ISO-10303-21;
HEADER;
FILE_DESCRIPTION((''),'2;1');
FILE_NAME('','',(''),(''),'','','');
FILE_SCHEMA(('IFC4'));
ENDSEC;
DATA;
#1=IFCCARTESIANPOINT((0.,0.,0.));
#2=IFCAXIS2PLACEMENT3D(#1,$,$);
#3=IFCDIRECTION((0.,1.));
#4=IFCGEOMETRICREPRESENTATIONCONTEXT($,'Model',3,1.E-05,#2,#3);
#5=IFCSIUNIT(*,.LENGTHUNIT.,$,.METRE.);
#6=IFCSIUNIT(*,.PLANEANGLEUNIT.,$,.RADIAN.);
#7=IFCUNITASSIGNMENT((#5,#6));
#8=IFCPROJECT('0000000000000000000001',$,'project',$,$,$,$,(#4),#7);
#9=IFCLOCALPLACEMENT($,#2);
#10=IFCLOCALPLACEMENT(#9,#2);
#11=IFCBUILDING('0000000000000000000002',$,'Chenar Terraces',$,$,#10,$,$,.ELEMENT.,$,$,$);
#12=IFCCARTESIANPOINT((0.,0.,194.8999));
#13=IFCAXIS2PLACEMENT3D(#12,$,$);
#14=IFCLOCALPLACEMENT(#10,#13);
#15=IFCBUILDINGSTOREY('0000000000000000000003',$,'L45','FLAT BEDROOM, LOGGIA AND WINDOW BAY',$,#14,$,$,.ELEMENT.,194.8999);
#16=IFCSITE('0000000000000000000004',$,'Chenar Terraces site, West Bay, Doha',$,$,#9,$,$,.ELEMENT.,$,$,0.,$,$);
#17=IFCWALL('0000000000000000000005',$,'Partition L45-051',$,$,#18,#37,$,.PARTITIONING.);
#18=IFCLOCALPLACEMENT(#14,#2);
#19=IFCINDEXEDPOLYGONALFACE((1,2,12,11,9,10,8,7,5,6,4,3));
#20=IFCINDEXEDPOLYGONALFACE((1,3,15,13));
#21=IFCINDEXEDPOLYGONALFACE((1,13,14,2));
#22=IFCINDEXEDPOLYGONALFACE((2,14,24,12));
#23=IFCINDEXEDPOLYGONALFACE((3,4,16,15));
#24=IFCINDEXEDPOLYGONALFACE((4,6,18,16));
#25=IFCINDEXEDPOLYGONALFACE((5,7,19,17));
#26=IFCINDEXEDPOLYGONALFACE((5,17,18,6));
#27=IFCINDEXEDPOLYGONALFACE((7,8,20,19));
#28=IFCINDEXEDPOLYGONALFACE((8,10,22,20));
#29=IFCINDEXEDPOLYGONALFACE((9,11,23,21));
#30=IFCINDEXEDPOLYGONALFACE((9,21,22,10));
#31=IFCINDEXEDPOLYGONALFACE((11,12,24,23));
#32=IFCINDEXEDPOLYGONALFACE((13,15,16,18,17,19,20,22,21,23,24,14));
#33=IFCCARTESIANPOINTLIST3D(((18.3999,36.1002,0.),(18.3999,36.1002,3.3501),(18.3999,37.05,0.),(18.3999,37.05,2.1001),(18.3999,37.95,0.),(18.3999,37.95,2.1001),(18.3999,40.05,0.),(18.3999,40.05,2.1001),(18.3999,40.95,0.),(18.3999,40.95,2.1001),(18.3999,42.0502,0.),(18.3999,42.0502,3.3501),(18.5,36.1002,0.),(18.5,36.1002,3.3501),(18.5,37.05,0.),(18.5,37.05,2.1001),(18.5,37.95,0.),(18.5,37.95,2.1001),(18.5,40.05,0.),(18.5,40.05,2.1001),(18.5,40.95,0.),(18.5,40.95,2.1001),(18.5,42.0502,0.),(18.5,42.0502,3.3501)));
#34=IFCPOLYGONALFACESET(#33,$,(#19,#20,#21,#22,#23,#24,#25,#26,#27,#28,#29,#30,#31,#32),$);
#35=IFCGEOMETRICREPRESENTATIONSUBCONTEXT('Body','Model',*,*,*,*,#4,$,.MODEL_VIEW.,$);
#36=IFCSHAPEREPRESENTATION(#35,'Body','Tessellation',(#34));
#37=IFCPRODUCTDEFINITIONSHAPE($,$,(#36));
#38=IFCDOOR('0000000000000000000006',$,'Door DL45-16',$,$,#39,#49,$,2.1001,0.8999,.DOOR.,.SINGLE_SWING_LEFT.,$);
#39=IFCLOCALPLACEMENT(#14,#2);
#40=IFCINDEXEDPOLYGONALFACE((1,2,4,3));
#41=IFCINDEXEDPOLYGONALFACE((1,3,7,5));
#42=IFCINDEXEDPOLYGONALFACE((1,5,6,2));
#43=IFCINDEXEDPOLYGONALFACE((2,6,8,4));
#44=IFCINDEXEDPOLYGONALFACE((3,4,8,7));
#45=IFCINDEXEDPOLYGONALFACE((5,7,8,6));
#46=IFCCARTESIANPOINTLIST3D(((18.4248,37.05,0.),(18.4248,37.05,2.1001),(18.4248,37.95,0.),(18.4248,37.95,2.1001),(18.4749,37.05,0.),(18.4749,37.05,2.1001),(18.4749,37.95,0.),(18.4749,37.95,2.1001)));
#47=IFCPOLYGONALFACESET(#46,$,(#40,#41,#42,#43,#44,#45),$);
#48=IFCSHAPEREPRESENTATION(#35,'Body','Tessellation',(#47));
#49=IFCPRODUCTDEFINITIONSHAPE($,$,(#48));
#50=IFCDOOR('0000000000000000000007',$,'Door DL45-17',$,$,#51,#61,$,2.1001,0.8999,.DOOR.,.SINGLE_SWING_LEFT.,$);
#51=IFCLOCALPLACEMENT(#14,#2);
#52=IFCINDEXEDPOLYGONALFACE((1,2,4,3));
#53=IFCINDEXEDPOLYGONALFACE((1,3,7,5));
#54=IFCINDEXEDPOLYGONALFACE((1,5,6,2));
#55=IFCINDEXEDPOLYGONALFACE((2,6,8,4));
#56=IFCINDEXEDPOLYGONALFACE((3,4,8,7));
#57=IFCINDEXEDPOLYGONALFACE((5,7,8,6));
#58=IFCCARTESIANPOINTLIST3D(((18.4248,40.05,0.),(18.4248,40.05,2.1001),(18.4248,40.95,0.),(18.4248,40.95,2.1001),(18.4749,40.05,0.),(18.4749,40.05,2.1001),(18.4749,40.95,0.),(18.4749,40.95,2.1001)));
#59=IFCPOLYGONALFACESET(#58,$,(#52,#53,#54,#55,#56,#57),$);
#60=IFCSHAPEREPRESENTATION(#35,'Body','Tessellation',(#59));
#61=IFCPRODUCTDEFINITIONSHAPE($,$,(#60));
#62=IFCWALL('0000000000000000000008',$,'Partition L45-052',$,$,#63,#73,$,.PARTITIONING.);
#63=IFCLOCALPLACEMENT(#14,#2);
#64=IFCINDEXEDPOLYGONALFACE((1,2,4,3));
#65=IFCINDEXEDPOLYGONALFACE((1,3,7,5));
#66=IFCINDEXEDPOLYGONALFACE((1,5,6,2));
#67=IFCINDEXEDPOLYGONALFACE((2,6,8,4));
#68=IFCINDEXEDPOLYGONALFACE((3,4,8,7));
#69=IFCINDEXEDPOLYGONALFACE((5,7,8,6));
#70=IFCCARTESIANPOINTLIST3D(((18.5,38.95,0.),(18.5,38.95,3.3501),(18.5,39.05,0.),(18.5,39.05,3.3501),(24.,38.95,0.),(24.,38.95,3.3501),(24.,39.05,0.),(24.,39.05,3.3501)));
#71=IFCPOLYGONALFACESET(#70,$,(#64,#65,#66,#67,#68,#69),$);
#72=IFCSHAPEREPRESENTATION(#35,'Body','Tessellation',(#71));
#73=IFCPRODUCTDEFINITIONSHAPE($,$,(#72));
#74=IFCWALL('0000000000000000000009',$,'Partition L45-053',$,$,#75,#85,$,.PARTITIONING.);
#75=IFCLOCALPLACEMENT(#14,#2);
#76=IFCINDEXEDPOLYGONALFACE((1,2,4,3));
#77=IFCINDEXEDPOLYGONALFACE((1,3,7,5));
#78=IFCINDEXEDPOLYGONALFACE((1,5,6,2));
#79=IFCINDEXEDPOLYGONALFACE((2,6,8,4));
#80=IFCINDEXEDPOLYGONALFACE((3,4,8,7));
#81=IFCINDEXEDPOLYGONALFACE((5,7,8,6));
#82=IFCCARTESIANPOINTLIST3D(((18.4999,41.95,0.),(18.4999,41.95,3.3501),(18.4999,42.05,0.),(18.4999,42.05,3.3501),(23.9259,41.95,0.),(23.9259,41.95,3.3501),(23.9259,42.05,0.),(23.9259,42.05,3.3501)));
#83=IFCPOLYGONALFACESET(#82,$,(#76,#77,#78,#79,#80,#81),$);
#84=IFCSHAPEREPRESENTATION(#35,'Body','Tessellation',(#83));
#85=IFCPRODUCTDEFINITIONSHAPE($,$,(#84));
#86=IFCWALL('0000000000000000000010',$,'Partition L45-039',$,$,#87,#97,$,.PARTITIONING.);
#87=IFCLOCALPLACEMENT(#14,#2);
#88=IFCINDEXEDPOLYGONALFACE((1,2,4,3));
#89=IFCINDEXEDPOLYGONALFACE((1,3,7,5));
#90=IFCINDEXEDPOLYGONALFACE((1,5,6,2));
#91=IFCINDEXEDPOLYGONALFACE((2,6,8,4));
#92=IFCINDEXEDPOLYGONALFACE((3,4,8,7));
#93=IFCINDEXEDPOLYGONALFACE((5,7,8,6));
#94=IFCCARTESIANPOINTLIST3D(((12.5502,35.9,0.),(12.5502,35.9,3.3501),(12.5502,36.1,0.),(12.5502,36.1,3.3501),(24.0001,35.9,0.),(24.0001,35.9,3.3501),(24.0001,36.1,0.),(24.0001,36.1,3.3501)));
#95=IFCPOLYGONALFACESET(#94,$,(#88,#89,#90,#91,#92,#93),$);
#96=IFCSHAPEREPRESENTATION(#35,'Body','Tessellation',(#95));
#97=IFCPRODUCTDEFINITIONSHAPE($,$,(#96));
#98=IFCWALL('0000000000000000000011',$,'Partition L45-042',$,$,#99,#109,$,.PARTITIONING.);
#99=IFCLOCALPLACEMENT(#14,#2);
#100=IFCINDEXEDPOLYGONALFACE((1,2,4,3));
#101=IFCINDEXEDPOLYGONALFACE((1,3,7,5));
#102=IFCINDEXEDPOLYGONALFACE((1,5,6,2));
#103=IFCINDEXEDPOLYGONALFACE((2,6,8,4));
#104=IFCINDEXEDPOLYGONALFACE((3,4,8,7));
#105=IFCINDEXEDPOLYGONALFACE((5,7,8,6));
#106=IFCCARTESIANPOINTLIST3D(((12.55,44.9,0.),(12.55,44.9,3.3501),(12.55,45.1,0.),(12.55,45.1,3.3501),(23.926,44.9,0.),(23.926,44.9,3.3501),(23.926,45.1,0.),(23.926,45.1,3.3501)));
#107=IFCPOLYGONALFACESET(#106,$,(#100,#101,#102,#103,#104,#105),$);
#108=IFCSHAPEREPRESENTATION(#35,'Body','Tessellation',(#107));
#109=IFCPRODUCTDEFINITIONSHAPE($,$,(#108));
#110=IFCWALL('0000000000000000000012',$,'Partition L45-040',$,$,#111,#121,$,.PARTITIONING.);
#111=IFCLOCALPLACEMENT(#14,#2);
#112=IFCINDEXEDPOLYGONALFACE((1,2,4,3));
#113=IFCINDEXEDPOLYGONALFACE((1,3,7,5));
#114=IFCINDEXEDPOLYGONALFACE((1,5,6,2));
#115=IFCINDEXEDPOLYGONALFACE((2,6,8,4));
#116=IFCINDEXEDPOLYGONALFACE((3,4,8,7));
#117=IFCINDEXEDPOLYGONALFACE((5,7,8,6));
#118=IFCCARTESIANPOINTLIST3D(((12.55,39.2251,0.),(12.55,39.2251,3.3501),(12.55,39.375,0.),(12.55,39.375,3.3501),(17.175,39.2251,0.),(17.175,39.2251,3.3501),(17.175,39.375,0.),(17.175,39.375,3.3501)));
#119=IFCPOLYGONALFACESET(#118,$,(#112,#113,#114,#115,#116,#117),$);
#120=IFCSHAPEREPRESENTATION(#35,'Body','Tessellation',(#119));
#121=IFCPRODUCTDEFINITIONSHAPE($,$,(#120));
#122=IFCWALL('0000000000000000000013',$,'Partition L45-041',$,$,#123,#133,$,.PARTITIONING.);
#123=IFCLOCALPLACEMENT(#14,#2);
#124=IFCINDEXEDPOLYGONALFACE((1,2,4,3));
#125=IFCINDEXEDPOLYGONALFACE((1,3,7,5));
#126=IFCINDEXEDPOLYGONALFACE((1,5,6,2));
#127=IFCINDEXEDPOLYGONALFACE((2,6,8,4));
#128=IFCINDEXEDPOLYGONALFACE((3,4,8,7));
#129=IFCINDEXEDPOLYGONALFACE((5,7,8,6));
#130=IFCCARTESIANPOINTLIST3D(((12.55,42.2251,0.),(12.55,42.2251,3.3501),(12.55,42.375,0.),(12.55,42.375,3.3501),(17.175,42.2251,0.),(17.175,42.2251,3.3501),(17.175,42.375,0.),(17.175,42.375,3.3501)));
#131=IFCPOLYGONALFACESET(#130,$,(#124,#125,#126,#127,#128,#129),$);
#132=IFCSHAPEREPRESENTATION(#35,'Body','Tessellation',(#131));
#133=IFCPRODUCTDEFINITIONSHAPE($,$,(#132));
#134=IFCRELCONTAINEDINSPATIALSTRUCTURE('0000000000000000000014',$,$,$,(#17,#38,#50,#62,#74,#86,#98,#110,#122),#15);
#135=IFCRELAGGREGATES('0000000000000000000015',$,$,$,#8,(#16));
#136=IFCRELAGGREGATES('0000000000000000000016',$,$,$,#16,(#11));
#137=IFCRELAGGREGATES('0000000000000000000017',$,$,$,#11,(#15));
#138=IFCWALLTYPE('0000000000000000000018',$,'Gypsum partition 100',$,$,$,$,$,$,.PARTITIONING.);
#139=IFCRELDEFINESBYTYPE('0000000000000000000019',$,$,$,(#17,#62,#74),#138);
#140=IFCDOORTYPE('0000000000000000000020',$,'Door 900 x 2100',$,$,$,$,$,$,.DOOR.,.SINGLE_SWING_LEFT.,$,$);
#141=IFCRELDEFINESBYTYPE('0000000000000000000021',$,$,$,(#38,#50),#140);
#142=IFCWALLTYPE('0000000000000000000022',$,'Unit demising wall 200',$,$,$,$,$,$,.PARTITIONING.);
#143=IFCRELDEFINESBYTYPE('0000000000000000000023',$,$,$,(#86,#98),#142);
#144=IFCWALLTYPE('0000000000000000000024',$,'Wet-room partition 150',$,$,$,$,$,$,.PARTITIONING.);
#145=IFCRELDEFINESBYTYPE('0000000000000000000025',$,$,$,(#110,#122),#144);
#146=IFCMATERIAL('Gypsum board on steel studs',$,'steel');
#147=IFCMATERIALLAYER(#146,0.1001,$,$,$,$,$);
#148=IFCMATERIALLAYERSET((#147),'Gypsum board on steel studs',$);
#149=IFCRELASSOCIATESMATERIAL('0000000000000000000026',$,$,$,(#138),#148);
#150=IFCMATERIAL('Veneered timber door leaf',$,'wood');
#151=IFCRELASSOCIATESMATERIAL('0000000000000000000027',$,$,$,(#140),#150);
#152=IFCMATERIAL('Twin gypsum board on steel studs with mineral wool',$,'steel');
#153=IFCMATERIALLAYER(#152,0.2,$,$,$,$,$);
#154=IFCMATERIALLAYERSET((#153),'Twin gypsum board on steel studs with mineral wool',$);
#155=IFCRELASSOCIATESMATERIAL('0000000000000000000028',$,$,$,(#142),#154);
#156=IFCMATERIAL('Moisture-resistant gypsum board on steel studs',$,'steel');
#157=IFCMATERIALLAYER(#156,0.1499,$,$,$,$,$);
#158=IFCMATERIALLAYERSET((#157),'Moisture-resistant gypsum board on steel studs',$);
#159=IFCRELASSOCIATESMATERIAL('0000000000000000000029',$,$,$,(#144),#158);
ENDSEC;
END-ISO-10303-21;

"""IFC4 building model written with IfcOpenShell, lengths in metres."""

from ifc_helpers import new_model, si_unit, direction, frame, frame_2d, origin, place, context, subcontext, project, spatial, rectangle, extrude, material, layer, layer_set, type_object, element, fill, save


model = new_model("IFC4")

# Units and contexts
model_context = context("Model", 3, precision=1e-05, world=origin(), true_north=direction((0.0, 1.0)))
body_context = subcontext(model_context, "Body", "Model", "MODEL_VIEW")
ifc_project = project(units=[si_unit("LENGTHUNIT", "METRE"), si_unit("PLANEANGLEUNIT", "RADIAN")], contexts=[model_context])

# Site, building, storey
site_placement = place(None, origin())
site = spatial("IfcSite", under=ifc_project, at=site_placement, Name="Chenar Terraces site, West Bay, Doha", CompositionType="ELEMENT", RefElevation=0.0)
building_placement = place(site_placement, origin())
building = spatial("IfcBuilding", under=site, at=building_placement, Name="Chenar Terraces", CompositionType="ELEMENT")
storey_placement = place(building_placement, frame((0.0, 0.0, 194.8999)))
storey = spatial("IfcBuildingStorey", under=building, at=storey_placement, Name="L45", Description="FLAT BEDROOM, LOGGIA AND WINDOW BAY", CompositionType="ELEMENT", Elevation=194.8999)

# Wall, openings, doors
ifc_material_1 = material(Name="Gypsum board on steel studs", Category="steel")
ifc_layer_1 = layer(ifc_material_1, 0.1001)
ifc_layer_set_1 = layer_set([ifc_layer_1], Name="Gypsum board on steel studs")
wall_type_1 = type_object("IfcWallType", Name="Gypsum partition 100", PredefinedType="PARTITIONING", material=ifc_layer_set_1)
wall_1_placement = place(storey_placement, frame((18.45, 36.1001, 0.0), z_axis=(0.0, 0.0, 1.0), x_axis=(0.0, 1.0, 0.0)))
wall_1 = element("IfcWall", 1, at=wall_1_placement, inside=storey, type_object=wall_type_1, Name="Partition L45-051", PredefinedType="PARTITIONING", context=body_context, shape_type="SweptSolid", body=[
    extrude(rectangle(XDim=5.95, YDim=0.1001, at=frame_2d((2.9751, 0.0))), origin(), (0.0, 0.0, 1.0), 3.3501),
])
opening_1_placement = place(wall_1_placement, frame((0.95, 0.0, 0.0)))
opening_1 = element("IfcOpeningElement", 2, at=opening_1_placement, cuts=wall_1, PredefinedType="OPENING", context=body_context, shape_type="SweptSolid", body=[
    extrude(rectangle(XDim=0.8999, YDim=2.1001, at=frame_2d((0.45, 1.05))), frame((0.0, 0.0601, 0.0), z_axis=(0.0, -1.0, 0.0), x_axis=(1.0, 0.0, 0.0)), (0.0, 0.0, 1.0), 0.1201),
])
opening_2_placement = place(wall_1_placement, frame((3.95, 0.0, 0.0)))
opening_2 = element("IfcOpeningElement", 3, at=opening_2_placement, cuts=wall_1, PredefinedType="OPENING", context=body_context, shape_type="SweptSolid", body=[
    extrude(rectangle(XDim=0.8999, YDim=2.1001, at=frame_2d((0.45, 1.05))), frame((0.0, 0.0601, 0.0), z_axis=(0.0, -1.0, 0.0), x_axis=(1.0, 0.0, 0.0)), (0.0, 0.0, 1.0), 0.1201),
])
ifc_material_2 = material(Name="Veneered timber door leaf", Category="wood")
door_type_1 = type_object("IfcDoorType", Name="Door 900 x 2100", OperationType="SINGLE_SWING_LEFT", PredefinedType="DOOR", material=ifc_material_2)
door_1_placement = place(opening_1_placement, frame((0.8999, 0.0, 0.0), z_axis=(0.0, 0.0, 1.0), x_axis=(-1.0, 0.0, 0.0)))
door_1 = element("IfcDoor", 4, at=door_1_placement, inside=storey, type_object=door_type_1, Name="Door DL45-16", OperationType="SINGLE_SWING_LEFT", OverallHeight=2.1001, OverallWidth=0.8999, PredefinedType="DOOR", context=body_context, shape_type="SweptSolid", body=[
    extrude(rectangle(XDim=0.8999, YDim=2.1001, at=frame_2d((0.45, 1.05))), frame((0.0, 0.0249, 0.0), z_axis=(0.0, -1.0, 0.0), x_axis=(1.0, 0.0, 0.0)), (0.0, 0.0, 1.0), 0.05),
])
fill(opening_1, door_1)
door_2_placement = place(opening_2_placement, frame((0.8999, 0.0, 0.0), z_axis=(0.0, 0.0, 1.0), x_axis=(-1.0, 0.0, 0.0)))
door_2 = element("IfcDoor", 5, at=door_2_placement, inside=storey, type_object=door_type_1, Name="Door DL45-17", OperationType="SINGLE_SWING_LEFT", OverallHeight=2.1001, OverallWidth=0.8999, PredefinedType="DOOR", context=body_context, shape_type="SweptSolid", body=[
    extrude(rectangle(XDim=0.8999, YDim=2.1001, at=frame_2d((0.45, 1.05))), frame((0.0, 0.0249, 0.0), z_axis=(0.0, -1.0, 0.0), x_axis=(1.0, 0.0, 0.0)), (0.0, 0.0, 1.0), 0.05),
])
fill(opening_2, door_2)

# Walls
wall_2_placement = place(storey_placement, frame((18.5, 39.0, 0.0), z_axis=(0.0, 0.0, 1.0), x_axis=(1.0, 0.0, 0.0)))
element("IfcWall", 6, at=wall_2_placement, inside=storey, type_object=wall_type_1, Name="Partition L45-052", PredefinedType="PARTITIONING", context=body_context, shape_type="SweptSolid", body=[
    extrude(rectangle(XDim=5.5, YDim=0.1001, at=frame_2d((2.75, 0.0))), origin(), (0.0, 0.0, 1.0), 3.3501),
])
wall_3_placement = place(storey_placement, frame((18.5, 42.0, 0.0), z_axis=(0.0, 0.0, 1.0), x_axis=(1.0, 0.0, 0.0)))
element("IfcWall", 7, at=wall_3_placement, inside=storey, type_object=wall_type_1, Name="Partition L45-053", PredefinedType="PARTITIONING", context=body_context, shape_type="SweptSolid", body=[
    extrude(rectangle(XDim=5.426, YDim=0.1001, at=frame_2d((2.7129, 0.0))), origin(), (0.0, 0.0, 1.0), 3.3501),
])
ifc_material_3 = material(Name="Twin gypsum board on steel studs with mineral wool", Category="steel")
ifc_layer_2 = layer(ifc_material_3, 0.2)
ifc_layer_set_2 = layer_set([ifc_layer_2], Name="Twin gypsum board on steel studs with mineral wool")
wall_type_2 = type_object("IfcWallType", Name="Unit demising wall 200", PredefinedType="PARTITIONING", material=ifc_layer_set_2)
wall_4_placement = place(storey_placement, frame((12.55, 36.0, 0.0), z_axis=(0.0, 0.0, 1.0), x_axis=(1.0, 0.0, 0.0)))
element("IfcWall", 8, at=wall_4_placement, inside=storey, type_object=wall_type_2, Name="Partition L45-039", PredefinedType="PARTITIONING", context=body_context, shape_type="SweptSolid", body=[
    extrude(rectangle(XDim=11.45, YDim=0.2, at=frame_2d((5.7251, 0.0))), origin(), (0.0, 0.0, 1.0), 3.3501),
])
wall_5_placement = place(storey_placement, frame((12.55, 45.0, 0.0), z_axis=(0.0, 0.0, 1.0), x_axis=(1.0, 0.0, 0.0)))
element("IfcWall", 9, at=wall_5_placement, inside=storey, type_object=wall_type_2, Name="Partition L45-042", PredefinedType="PARTITIONING", context=body_context, shape_type="SweptSolid", body=[
    extrude(rectangle(XDim=11.376, YDim=0.2, at=frame_2d((5.688, 0.0))), origin(), (0.0, 0.0, 1.0), 3.3501),
])
ifc_material_4 = material(Name="Moisture-resistant gypsum board on steel studs", Category="steel")
ifc_layer_3 = layer(ifc_material_4, 0.1499)
ifc_layer_set_3 = layer_set([ifc_layer_3], Name="Moisture-resistant gypsum board on steel studs")
wall_type_3 = type_object("IfcWallType", Name="Wet-room partition 150", PredefinedType="PARTITIONING", material=ifc_layer_set_3)
for number, where, z_axis, x_axis, name in (
    (10, (12.55, 39.3, 0.0), (0.0, 0.0, 1.0), (1.0, 0.0, 0.0), "Partition L45-040"),
    (11, (12.55, 42.3, 0.0), (0.0, 0.0, 1.0), (1.0, 0.0, 0.0), "Partition L45-041"),
):
    element("IfcWall", number, at=place(storey_placement, frame(where, z_axis=z_axis, x_axis=x_axis)), inside=storey, type_object=wall_type_3, Name=name, PredefinedType="PARTITIONING", context=body_context, shape_type="SweptSolid", body=[
        extrude(rectangle(XDim=4.625, YDim=0.1499, at=frame_2d((2.3125, 0.0))), origin(), (0.0, 0.0, 1.0), 3.3501),
    ])

save(model, "model.ifc")
